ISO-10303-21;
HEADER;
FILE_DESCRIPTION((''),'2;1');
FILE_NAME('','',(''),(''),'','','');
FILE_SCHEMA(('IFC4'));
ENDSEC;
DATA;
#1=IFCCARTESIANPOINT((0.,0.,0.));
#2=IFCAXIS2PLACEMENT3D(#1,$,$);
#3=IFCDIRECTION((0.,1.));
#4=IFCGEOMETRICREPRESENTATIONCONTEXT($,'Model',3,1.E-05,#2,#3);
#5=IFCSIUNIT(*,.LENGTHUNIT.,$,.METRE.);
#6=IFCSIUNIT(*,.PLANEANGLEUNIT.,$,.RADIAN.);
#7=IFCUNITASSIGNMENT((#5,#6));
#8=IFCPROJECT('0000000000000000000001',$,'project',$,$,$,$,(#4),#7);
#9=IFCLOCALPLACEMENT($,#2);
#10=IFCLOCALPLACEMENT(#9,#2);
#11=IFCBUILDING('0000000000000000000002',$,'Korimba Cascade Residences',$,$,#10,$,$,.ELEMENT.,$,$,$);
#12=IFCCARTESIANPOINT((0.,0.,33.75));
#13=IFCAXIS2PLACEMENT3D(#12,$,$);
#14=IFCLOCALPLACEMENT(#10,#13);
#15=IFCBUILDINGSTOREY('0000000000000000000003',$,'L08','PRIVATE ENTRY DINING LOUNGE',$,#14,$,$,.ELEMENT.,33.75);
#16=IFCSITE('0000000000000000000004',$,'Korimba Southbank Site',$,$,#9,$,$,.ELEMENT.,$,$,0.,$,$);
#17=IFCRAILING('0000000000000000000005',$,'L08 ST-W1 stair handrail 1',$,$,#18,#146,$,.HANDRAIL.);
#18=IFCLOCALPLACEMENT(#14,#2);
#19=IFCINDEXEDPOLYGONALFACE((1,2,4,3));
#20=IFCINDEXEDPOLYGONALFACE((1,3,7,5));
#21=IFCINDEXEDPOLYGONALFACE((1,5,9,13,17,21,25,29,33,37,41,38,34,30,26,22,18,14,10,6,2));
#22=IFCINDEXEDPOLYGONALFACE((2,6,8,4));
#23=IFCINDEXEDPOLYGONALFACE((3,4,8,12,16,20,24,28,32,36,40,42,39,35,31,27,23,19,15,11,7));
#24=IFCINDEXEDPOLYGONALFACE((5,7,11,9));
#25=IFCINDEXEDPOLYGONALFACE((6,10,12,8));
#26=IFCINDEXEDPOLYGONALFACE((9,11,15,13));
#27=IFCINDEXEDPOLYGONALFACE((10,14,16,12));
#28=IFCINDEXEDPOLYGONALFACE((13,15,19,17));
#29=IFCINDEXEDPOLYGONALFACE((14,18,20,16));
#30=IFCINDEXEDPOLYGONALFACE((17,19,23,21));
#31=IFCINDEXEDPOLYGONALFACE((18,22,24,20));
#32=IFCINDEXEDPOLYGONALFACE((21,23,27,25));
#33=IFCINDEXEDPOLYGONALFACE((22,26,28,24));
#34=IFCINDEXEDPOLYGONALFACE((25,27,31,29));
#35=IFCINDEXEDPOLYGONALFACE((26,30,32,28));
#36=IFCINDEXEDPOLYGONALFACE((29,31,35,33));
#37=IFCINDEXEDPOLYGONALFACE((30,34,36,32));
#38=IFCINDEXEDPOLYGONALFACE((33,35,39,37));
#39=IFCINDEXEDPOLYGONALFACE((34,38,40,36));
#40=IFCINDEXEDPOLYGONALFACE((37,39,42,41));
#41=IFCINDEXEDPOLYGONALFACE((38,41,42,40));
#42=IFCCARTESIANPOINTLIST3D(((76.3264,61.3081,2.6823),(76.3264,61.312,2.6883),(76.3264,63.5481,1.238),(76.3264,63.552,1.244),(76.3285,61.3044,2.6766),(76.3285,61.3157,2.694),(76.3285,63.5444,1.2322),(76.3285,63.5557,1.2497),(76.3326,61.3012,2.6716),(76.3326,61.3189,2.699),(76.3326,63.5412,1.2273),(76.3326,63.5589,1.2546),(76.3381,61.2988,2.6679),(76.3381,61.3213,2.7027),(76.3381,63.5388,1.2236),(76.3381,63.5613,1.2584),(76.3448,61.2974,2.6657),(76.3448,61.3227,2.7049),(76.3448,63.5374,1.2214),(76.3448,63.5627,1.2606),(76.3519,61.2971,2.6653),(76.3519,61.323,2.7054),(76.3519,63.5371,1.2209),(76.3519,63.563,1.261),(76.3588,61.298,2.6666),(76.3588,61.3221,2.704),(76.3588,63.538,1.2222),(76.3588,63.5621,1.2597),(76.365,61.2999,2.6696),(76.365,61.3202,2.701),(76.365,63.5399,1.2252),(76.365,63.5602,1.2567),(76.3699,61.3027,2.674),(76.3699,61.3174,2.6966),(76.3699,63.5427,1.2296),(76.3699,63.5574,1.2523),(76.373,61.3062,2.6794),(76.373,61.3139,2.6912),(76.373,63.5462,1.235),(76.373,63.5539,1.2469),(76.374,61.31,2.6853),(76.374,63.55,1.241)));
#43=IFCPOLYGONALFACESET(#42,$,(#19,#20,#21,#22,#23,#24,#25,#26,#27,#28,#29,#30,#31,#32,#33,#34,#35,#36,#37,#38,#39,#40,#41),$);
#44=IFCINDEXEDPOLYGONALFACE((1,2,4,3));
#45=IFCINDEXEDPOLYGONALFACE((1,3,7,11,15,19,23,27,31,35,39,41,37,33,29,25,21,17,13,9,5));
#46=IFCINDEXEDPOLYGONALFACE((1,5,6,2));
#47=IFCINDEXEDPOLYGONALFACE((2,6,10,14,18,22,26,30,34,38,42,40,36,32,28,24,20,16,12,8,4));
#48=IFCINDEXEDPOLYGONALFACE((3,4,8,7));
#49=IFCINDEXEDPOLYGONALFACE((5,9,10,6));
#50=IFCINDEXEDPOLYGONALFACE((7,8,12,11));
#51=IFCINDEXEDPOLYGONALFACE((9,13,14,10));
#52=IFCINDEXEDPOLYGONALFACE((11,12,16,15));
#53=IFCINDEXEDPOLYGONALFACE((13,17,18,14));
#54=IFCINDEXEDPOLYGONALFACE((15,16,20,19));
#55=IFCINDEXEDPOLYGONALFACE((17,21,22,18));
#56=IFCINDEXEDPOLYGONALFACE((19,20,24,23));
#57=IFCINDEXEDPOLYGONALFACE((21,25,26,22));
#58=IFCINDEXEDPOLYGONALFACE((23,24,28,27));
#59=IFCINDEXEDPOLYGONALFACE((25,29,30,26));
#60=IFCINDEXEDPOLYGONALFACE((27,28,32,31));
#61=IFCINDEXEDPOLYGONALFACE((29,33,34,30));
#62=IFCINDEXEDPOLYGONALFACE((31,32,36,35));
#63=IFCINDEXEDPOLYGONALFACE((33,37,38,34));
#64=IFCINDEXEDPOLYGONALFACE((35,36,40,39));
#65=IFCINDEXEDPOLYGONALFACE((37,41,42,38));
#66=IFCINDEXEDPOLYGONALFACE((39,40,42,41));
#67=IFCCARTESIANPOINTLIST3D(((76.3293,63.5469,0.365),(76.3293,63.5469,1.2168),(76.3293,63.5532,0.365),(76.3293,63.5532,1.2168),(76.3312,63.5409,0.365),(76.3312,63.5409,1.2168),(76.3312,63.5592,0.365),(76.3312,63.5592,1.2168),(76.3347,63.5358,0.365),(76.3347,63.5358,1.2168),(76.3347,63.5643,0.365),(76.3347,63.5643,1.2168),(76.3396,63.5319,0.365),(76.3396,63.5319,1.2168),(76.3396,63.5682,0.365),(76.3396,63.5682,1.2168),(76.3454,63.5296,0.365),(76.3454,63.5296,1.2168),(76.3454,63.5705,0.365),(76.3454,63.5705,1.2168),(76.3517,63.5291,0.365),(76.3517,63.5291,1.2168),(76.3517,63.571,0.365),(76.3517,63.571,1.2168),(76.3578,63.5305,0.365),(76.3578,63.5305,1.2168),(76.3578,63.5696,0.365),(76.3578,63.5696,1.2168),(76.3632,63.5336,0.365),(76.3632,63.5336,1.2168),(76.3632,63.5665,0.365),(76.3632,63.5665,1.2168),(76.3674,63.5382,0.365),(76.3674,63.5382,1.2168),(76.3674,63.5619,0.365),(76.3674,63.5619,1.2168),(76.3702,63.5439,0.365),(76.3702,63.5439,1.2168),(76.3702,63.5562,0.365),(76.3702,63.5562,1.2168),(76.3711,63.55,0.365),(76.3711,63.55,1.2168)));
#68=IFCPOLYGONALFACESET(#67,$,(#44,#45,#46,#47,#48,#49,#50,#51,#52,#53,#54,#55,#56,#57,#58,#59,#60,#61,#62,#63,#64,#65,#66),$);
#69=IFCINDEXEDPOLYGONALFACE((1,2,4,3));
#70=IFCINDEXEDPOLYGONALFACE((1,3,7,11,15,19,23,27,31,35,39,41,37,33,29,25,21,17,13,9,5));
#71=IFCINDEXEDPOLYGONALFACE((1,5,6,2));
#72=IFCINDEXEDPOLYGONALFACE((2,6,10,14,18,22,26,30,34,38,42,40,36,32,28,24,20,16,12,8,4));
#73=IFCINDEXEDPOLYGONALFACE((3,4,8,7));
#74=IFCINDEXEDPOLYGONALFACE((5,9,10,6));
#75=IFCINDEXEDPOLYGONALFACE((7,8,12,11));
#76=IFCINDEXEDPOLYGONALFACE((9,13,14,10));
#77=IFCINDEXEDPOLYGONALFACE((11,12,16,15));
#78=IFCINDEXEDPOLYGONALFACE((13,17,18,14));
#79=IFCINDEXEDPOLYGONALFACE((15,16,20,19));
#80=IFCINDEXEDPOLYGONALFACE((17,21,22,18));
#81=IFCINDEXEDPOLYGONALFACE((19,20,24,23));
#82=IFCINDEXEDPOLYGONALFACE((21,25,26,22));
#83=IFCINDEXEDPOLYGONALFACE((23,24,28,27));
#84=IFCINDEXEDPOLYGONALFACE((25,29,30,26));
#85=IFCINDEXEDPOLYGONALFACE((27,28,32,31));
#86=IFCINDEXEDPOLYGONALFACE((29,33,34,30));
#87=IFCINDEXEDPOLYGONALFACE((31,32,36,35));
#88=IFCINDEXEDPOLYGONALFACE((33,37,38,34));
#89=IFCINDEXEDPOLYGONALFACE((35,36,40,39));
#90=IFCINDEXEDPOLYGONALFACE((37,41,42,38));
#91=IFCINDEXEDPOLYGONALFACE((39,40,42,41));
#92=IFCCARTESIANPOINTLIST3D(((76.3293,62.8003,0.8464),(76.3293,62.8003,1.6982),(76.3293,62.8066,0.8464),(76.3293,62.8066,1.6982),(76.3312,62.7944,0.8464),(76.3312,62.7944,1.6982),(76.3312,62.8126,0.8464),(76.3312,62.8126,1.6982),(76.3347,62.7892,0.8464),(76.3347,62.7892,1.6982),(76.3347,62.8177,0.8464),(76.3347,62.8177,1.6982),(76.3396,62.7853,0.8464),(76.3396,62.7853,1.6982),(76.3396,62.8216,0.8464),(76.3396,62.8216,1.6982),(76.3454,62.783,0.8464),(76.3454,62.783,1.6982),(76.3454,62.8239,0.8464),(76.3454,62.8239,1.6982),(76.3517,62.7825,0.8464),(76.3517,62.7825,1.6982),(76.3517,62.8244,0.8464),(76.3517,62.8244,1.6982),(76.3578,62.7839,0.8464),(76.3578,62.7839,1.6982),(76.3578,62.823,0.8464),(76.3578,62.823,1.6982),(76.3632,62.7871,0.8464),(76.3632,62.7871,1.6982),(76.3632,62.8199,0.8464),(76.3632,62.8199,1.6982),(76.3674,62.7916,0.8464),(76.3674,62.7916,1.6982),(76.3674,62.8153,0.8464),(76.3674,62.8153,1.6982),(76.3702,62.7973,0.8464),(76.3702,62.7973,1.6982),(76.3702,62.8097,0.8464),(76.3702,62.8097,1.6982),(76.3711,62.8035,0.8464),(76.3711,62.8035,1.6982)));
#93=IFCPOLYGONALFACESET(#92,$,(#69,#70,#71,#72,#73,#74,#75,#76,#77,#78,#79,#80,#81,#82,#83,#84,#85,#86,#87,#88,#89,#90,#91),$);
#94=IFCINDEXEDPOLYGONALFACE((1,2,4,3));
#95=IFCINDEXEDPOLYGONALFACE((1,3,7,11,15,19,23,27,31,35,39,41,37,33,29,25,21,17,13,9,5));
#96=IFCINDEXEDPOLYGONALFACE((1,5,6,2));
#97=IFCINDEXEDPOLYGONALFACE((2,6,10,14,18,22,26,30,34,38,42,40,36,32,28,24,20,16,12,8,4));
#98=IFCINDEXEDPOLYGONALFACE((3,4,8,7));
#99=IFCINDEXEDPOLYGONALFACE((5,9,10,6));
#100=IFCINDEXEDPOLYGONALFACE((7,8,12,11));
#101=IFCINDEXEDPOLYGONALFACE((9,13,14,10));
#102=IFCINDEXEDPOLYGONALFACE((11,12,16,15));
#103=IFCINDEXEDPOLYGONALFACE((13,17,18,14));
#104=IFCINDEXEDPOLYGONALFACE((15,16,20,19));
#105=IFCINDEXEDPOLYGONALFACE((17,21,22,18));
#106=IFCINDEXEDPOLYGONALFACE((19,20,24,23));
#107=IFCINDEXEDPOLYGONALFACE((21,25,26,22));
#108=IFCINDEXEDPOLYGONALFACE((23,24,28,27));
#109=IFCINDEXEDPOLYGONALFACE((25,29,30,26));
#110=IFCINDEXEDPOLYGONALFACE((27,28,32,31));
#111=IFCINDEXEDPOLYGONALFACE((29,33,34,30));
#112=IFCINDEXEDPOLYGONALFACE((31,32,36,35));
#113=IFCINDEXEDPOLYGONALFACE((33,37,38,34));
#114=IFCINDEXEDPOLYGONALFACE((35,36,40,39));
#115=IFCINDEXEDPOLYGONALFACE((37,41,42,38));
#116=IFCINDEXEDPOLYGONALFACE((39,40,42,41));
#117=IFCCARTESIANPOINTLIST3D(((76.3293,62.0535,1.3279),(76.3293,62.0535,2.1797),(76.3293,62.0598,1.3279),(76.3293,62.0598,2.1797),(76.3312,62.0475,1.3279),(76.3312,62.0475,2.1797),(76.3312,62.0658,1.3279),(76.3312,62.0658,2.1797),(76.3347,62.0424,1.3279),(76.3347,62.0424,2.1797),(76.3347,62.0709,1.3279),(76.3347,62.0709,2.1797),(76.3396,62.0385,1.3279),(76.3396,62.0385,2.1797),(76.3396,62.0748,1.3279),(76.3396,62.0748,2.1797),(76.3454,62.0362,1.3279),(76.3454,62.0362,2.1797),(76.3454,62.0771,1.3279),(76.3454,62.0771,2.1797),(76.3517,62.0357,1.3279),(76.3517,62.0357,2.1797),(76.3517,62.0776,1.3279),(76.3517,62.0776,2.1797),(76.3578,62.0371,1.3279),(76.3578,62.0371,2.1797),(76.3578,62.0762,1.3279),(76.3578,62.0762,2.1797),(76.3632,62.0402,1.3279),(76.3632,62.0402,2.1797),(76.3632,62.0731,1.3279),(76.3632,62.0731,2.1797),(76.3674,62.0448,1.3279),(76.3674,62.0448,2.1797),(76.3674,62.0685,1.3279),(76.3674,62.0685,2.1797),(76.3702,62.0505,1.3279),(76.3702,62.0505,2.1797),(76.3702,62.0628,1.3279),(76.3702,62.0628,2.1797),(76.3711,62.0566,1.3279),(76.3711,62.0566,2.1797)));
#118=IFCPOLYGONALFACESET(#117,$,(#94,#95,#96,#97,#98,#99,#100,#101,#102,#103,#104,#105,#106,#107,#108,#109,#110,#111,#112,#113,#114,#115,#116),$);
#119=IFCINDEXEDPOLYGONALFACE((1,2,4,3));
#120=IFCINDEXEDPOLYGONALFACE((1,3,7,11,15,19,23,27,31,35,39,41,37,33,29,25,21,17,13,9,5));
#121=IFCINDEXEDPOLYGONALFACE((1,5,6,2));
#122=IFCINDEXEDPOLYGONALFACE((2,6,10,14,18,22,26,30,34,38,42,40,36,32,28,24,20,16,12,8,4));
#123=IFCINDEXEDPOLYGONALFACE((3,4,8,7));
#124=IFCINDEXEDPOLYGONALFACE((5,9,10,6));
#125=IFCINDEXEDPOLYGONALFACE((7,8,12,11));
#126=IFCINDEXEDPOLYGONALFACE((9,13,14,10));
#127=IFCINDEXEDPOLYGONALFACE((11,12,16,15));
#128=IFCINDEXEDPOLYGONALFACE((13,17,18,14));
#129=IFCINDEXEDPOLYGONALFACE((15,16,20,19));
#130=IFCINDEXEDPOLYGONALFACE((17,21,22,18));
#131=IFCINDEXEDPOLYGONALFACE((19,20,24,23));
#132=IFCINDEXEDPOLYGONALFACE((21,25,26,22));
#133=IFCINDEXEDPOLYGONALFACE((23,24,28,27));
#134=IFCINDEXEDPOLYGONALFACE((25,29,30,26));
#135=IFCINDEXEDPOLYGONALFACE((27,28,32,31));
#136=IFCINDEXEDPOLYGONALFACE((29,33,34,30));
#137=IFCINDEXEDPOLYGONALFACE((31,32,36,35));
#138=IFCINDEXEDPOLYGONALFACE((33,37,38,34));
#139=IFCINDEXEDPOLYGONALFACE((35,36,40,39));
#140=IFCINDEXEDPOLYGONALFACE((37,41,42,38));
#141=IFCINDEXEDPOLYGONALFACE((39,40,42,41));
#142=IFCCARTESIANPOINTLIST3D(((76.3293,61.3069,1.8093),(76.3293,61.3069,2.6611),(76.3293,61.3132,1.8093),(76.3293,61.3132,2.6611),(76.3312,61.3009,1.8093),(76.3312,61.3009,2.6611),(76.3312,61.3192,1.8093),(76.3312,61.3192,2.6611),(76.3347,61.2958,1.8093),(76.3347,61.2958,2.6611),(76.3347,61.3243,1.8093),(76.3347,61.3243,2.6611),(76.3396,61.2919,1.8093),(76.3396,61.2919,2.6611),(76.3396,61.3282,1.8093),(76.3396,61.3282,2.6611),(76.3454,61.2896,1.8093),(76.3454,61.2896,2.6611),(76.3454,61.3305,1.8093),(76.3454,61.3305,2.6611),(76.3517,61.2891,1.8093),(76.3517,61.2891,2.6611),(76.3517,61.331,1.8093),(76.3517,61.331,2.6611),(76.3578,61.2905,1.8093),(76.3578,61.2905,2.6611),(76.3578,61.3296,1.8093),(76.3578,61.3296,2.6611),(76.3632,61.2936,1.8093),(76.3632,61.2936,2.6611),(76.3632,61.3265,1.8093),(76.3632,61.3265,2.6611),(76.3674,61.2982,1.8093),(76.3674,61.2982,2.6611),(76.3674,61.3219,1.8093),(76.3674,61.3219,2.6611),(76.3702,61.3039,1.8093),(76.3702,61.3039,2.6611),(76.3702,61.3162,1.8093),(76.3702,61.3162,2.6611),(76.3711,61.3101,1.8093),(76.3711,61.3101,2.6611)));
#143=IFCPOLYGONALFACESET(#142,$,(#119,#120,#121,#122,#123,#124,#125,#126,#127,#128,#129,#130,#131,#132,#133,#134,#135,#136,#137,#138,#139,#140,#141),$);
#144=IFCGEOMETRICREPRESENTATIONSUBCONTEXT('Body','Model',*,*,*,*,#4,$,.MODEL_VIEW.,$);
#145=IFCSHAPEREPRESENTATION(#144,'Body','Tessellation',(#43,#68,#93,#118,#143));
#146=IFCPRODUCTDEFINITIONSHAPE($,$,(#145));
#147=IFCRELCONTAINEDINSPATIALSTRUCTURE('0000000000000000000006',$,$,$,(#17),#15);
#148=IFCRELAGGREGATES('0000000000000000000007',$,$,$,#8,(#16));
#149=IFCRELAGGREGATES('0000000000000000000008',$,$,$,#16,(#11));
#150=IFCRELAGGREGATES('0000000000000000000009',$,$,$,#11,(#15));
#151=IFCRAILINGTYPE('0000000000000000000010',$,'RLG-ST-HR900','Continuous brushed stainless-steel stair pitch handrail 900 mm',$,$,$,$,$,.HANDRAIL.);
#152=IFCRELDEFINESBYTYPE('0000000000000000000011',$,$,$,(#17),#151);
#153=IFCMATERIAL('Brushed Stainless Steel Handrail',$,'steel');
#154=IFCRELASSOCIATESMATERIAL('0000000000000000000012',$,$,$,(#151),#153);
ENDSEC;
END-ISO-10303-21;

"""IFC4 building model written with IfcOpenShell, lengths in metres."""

from ifc_helpers import new_model, si_unit, direction, frame, origin, origin_2d, place, context, subcontext, project, spatial, circle, extrude, material, type_object, element, save


model = new_model("IFC4")

# Units and contexts
model_context = context("Model", 3, precision=1e-05, world=origin(), true_north=direction((0.0, 1.0)))
body_context = subcontext(model_context, "Body", "Model", "MODEL_VIEW")
ifc_project = project(units=[si_unit("LENGTHUNIT", "METRE"), si_unit("PLANEANGLEUNIT", "RADIAN")], contexts=[model_context])

# Site, building, storey
site_placement = place(None, origin())
site = spatial("IfcSite", under=ifc_project, at=site_placement, Name="Korimba Southbank Site", CompositionType="ELEMENT", RefElevation=0.0)
building_placement = place(site_placement, origin())
building = spatial("IfcBuilding", under=site, at=building_placement, Name="Korimba Cascade Residences", CompositionType="ELEMENT")
storey_placement = place(building_placement, frame((0.0, 0.0, 33.75)))
storey = spatial("IfcBuildingStorey", under=building, at=storey_placement, Name="L08", Description="PRIVATE ENTRY DINING LOUNGE", CompositionType="ELEMENT", Elevation=33.75)

# Railing
ifc_material_1 = material(Name="Brushed Stainless Steel Handrail", Category="steel")
railing_type_1 = type_object("IfcRailingType", Name="RLG-ST-HR900", Description="Continuous brushed stainless-steel stair pitch handrail 900 mm", PredefinedType="HANDRAIL", material=ifc_material_1)
railing_1_placement = place(storey_placement, frame((76.3501, 63.55, 0.365)))
element("IfcRailing", 1, at=railing_1_placement, inside=storey, type_object=railing_type_1, Name="L08 ST-W1 stair handrail 1", PredefinedType="HANDRAIL", context=body_context, shape_type="SweptSolid", body=[
    extrude(circle(Radius=0.0239, at=origin_2d()), frame((0.0, 0.0, 0.876), z_axis=(0.0, -0.840437, 0.54191), x_axis=(1.0, 0.0, 0.0)), (0.0, 0.0, 1.0), 2.6653),
    extrude(circle(Radius=0.021, at=origin_2d()), origin(), (0.0, 0.0, 1.0), 0.8518),
    extrude(circle(Radius=0.021, at=origin_2d()), frame((0.0, -0.7466, 0.4814)), (0.0, 0.0, 1.0), 0.8518),
    extrude(circle(Radius=0.021, at=origin_2d()), frame((0.0, -1.4934, 0.9629)), (0.0, 0.0, 1.0), 0.8518),
    extrude(circle(Radius=0.021, at=origin_2d()), frame((0.0, -2.24, 1.4443)), (0.0, 0.0, 1.0), 0.8518),
])

save(model, "model.ifc")
